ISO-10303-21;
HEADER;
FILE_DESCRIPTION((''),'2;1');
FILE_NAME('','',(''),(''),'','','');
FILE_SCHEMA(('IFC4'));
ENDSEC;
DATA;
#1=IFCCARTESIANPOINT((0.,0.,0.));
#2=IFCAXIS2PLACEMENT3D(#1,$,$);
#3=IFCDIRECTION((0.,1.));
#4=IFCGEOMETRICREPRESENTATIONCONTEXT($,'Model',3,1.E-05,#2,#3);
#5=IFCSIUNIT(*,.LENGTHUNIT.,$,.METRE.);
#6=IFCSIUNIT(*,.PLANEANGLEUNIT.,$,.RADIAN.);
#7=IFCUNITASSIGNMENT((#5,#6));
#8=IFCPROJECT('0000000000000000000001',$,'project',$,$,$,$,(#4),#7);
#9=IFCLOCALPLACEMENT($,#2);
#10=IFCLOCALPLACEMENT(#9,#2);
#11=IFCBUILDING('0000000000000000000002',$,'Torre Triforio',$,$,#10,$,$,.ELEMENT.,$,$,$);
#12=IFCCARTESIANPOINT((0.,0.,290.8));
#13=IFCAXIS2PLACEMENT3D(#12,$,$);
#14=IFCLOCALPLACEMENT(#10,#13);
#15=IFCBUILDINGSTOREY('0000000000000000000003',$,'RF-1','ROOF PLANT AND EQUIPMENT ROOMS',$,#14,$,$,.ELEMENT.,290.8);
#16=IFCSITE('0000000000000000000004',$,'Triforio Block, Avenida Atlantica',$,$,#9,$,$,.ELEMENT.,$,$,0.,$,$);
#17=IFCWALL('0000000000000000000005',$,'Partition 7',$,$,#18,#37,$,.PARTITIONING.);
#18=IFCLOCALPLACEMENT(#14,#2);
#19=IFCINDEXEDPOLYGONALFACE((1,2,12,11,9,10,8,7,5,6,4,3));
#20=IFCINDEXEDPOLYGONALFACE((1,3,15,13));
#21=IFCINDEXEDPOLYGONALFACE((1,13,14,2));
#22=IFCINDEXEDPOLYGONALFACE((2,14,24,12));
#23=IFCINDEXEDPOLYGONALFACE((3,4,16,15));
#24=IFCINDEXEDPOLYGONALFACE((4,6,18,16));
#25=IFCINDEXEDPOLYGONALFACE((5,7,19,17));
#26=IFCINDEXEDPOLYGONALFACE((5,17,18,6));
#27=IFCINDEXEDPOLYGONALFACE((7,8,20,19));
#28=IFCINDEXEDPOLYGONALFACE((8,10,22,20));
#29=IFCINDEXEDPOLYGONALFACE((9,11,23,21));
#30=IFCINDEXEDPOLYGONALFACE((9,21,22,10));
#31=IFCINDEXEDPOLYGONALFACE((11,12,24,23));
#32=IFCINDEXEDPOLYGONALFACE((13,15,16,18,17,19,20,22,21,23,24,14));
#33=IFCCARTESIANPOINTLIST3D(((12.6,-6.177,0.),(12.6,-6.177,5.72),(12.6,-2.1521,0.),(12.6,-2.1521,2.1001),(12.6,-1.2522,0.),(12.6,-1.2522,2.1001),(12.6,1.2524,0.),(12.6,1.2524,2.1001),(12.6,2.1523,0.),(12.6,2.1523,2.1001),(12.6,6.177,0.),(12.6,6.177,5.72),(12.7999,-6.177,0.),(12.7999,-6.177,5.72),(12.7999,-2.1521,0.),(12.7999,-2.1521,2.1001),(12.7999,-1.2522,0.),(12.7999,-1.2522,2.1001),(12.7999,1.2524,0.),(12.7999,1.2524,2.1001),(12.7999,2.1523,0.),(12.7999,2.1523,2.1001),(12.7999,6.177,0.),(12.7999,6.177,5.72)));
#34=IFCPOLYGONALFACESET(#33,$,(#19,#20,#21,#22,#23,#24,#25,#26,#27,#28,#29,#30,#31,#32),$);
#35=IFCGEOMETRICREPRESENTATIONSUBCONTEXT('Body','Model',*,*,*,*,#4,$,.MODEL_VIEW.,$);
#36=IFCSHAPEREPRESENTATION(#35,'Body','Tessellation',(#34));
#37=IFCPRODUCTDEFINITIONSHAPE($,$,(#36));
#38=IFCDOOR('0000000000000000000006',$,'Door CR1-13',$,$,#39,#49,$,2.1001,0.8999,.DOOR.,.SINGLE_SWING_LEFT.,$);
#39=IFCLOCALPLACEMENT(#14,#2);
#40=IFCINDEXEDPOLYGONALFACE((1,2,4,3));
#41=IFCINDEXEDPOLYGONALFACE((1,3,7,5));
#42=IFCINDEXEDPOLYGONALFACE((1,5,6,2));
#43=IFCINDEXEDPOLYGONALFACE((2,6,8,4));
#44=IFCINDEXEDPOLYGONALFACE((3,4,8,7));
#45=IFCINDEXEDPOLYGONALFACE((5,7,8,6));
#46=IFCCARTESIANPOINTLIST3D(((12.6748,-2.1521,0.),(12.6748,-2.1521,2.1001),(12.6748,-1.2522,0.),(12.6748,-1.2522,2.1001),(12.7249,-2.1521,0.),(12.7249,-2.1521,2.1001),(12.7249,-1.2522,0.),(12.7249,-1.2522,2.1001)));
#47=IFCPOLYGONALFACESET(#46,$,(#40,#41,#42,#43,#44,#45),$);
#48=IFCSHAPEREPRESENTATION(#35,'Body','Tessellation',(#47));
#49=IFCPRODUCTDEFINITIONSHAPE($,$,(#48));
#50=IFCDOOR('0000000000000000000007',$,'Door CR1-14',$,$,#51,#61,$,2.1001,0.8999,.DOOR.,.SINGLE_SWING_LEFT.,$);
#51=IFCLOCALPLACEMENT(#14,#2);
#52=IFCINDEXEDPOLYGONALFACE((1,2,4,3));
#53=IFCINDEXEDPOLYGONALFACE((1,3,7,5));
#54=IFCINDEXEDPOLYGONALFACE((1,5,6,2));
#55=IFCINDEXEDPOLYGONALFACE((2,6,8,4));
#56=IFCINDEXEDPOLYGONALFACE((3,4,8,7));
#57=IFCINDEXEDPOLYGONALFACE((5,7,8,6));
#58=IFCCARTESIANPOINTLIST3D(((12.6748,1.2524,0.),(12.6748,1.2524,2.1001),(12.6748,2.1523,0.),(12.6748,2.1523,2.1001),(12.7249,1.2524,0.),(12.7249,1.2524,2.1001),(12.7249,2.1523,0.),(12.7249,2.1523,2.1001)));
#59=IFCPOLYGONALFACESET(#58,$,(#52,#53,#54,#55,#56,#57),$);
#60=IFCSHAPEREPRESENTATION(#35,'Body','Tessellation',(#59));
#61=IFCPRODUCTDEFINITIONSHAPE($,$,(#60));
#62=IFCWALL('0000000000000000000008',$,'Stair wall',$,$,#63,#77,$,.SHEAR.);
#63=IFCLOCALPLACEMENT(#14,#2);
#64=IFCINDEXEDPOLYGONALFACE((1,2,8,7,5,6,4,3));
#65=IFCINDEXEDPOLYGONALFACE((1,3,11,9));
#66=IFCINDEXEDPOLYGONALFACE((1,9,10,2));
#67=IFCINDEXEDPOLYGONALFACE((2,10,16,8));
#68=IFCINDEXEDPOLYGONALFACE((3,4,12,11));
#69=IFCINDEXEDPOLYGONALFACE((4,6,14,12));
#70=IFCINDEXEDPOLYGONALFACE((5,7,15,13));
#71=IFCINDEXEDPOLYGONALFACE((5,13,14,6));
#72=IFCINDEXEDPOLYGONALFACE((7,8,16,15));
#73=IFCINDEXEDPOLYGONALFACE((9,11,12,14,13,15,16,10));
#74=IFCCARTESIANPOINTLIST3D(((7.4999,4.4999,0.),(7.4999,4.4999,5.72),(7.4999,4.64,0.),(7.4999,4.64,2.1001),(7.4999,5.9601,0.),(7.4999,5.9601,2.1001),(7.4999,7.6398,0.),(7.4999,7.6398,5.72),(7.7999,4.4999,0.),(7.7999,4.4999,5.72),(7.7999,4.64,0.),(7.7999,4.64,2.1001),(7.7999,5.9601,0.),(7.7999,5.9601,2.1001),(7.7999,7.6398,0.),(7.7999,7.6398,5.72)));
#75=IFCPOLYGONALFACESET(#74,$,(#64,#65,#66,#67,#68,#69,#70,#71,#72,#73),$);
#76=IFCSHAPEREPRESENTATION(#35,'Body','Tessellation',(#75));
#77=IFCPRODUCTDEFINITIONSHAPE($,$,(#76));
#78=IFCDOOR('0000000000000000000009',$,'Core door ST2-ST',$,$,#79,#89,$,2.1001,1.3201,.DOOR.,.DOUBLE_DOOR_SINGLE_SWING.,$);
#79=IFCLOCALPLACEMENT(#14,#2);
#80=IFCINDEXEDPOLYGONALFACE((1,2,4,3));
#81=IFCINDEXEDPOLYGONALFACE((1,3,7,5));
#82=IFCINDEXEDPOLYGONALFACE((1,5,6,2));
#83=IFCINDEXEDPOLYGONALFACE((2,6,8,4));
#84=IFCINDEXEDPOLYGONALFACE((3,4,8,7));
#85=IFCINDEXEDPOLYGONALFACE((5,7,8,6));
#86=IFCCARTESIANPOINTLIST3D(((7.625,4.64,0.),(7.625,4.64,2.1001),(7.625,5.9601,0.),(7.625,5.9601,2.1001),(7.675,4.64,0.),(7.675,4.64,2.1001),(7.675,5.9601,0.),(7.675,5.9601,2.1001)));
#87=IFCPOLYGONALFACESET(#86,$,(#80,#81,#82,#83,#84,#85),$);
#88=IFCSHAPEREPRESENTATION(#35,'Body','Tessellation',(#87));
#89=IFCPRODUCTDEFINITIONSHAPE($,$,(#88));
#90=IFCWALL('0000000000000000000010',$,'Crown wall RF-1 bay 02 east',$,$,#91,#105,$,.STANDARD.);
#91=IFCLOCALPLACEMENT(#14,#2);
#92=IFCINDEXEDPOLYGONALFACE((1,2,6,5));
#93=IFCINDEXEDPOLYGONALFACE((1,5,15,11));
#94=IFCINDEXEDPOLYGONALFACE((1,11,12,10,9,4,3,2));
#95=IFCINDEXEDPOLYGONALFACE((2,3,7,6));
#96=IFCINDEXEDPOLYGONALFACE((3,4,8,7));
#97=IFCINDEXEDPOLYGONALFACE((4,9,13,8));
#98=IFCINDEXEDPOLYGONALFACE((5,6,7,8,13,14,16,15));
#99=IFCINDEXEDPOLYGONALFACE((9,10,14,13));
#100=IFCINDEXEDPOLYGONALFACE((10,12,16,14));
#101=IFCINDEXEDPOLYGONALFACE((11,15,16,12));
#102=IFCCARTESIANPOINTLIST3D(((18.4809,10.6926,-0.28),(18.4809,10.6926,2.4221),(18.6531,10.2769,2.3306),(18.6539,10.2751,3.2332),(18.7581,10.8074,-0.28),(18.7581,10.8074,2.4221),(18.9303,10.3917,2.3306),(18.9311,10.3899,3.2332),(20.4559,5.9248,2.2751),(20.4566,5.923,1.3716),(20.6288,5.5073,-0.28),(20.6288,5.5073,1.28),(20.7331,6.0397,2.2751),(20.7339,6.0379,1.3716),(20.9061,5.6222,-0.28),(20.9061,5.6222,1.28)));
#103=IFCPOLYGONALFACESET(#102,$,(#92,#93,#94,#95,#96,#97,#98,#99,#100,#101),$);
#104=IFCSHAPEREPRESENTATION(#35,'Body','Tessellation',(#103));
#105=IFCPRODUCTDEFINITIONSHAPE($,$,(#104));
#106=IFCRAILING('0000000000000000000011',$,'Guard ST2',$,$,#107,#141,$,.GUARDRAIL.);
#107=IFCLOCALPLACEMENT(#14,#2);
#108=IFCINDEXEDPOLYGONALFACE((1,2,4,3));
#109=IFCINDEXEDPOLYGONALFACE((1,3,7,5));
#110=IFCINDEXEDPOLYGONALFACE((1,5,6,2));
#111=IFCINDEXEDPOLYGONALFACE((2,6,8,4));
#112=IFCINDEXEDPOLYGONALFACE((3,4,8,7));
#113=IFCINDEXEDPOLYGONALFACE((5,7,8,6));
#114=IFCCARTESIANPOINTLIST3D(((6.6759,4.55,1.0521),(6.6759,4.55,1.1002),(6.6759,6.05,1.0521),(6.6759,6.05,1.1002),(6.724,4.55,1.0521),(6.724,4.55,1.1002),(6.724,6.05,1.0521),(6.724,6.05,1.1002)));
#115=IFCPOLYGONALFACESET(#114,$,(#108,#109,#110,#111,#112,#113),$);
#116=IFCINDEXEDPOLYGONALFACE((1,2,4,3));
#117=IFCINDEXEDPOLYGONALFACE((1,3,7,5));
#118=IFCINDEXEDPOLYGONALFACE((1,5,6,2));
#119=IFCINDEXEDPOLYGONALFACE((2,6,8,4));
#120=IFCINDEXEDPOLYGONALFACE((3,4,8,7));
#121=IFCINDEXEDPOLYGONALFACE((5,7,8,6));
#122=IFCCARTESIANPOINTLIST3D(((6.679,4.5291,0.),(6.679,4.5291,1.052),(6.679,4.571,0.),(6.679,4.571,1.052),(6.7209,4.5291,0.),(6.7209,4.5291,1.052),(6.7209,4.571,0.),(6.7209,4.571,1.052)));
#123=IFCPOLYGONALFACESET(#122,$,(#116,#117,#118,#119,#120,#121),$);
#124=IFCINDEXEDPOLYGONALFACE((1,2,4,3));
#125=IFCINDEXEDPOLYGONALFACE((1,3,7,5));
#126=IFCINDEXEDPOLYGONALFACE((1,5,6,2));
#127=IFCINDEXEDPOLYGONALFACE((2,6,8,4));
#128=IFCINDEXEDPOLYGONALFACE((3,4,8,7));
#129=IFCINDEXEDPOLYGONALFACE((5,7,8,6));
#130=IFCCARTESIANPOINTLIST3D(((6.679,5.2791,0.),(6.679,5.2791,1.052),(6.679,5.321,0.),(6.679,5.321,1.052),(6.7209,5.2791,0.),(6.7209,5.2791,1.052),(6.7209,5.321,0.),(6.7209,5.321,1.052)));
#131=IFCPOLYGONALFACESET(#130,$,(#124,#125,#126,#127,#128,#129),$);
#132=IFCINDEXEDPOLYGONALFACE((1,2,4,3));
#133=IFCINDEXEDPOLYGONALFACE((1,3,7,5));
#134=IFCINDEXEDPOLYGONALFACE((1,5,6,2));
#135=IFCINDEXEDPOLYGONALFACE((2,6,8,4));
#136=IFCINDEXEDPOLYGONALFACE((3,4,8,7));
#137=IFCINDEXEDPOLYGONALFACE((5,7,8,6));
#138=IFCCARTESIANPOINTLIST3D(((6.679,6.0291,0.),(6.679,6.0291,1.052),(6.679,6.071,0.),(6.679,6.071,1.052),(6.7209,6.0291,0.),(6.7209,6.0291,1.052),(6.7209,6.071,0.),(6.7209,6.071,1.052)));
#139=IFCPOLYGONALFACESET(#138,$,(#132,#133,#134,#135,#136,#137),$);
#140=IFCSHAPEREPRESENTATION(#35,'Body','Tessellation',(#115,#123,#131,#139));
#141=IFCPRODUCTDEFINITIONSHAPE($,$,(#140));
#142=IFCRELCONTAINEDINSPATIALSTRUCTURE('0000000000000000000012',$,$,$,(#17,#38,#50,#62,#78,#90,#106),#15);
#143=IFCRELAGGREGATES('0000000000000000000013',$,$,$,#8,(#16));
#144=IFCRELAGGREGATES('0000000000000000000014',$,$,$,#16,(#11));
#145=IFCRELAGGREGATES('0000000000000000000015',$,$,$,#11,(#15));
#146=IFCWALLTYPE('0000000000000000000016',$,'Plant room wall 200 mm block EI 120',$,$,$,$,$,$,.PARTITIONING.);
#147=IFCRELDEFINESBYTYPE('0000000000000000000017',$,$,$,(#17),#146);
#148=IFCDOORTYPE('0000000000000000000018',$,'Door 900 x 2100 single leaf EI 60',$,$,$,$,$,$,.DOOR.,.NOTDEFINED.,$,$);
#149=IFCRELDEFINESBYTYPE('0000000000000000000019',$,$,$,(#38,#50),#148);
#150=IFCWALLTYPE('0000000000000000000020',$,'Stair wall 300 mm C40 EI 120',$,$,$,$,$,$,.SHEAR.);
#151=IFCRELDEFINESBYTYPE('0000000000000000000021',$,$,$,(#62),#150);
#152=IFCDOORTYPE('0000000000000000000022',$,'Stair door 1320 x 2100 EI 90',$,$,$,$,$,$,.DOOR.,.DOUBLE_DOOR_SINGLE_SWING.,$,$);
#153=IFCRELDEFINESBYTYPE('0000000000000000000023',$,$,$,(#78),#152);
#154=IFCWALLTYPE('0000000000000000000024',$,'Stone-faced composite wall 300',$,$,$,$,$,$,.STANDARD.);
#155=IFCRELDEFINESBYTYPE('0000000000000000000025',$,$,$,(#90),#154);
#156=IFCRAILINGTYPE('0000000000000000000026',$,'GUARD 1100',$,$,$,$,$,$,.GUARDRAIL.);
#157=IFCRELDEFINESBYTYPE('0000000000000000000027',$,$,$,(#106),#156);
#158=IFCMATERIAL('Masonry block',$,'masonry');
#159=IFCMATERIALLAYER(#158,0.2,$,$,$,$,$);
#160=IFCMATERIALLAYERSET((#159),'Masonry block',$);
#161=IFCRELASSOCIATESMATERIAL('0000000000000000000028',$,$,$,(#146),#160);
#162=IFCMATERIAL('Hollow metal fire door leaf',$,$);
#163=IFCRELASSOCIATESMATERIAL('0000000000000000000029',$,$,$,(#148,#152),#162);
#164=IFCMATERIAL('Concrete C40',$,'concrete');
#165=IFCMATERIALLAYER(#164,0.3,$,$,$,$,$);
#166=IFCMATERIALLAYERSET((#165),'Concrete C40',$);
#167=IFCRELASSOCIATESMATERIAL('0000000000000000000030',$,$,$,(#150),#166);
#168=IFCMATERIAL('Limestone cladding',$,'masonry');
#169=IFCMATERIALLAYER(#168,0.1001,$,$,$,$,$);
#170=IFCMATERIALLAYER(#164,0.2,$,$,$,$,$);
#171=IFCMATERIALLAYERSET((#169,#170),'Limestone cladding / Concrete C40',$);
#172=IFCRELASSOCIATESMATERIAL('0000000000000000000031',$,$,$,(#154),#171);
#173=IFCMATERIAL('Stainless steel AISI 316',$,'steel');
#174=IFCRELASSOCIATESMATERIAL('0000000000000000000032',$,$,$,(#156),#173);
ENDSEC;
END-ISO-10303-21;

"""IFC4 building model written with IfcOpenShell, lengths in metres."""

from ifc_helpers import new_model, si_unit, direction, frame, frame_2d, origin, origin_2d, place, context, subcontext, project, spatial, polyline, rectangle, outline, extrude, material, layer, layer_set, type_object, element, fill, save


model = new_model("IFC4")

# Units and contexts
model_context = context("Model", 3, precision=1e-05, world=origin(), true_north=direction((0.0, 1.0)))
body_context = subcontext(model_context, "Body", "Model", "MODEL_VIEW")
ifc_project = project(units=[si_unit("LENGTHUNIT", "METRE"), si_unit("PLANEANGLEUNIT", "RADIAN")], contexts=[model_context])

# Site, building, storey
site_placement = place(None, origin())
site = spatial("IfcSite", under=ifc_project, at=site_placement, Name="Triforio Block, Avenida Atlantica", CompositionType="ELEMENT", RefElevation=0.0)
building_placement = place(site_placement, origin())
building = spatial("IfcBuilding", under=site, at=building_placement, Name="Torre Triforio", CompositionType="ELEMENT")
storey_placement = place(building_placement, frame((0.0, 0.0, 290.8)))
storey = spatial("IfcBuildingStorey", under=building, at=storey_placement, Name="RF-1", Description="ROOF PLANT AND EQUIPMENT ROOMS", CompositionType="ELEMENT", Elevation=290.8)

# Shared definitions
ifc_material_1 = material(Name="Concrete C40", Category="concrete")

# Wall, openings, doors
ifc_material_2 = material(Name="Masonry block", Category="masonry")
ifc_layer_1 = layer(ifc_material_2, 0.2)
ifc_layer_set_1 = layer_set([ifc_layer_1], Name="Masonry block")
wall_type_1 = type_object("IfcWallType", Name="Plant room wall 200 mm block EI 120", PredefinedType="PARTITIONING", material=ifc_layer_set_1)
wall_1_placement = place(storey_placement, frame((12.7, 6.177, 0.0), z_axis=(0.0, 0.0, 1.0), x_axis=(0.0, -1.0, 0.0)))
wall_1 = element("IfcWall", 1, at=wall_1_placement, inside=storey, type_object=wall_type_1, Name="Partition 7", PredefinedType="PARTITIONING", context=body_context, shape_type="SweptSolid", body=[
    extrude(rectangle(XDim=12.354, YDim=0.2, at=frame_2d((6.177, 0.0))), origin(), (0.0, 0.0, 1.0), 5.72),
])
opening_1_placement = place(wall_1_placement, frame((7.4292, 0.0, 0.0)))
opening_1 = element("IfcOpeningElement", 2, at=opening_1_placement, cuts=wall_1, PredefinedType="OPENING", context=body_context, shape_type="SweptSolid", body=[
    extrude(rectangle(XDim=0.8999, YDim=2.1001, at=frame_2d((0.45, 1.05))), frame((0.0, 0.1099, 0.0), z_axis=(0.0, -1.0, 0.0), x_axis=(1.0, 0.0, 0.0)), (0.0, 0.0, 1.0), 0.22),
])
opening_2_placement = place(wall_1_placement, frame((4.0247, 0.0, 0.0)))
opening_2 = element("IfcOpeningElement", 3, at=opening_2_placement, cuts=wall_1, PredefinedType="OPENING", context=body_context, shape_type="SweptSolid", body=[
    extrude(rectangle(XDim=0.8999, YDim=2.1001, at=frame_2d((0.45, 1.05))), frame((0.0, 0.1099, 0.0), z_axis=(0.0, -1.0, 0.0), x_axis=(1.0, 0.0, 0.0)), (0.0, 0.0, 1.0), 0.22),
])
ifc_material_3 = material(Name="Hollow metal fire door leaf")
door_type_1 = type_object("IfcDoorType", Name="Door 900 x 2100 single leaf EI 60", OperationType="NOTDEFINED", PredefinedType="DOOR", material=ifc_material_3)
door_1_placement = place(opening_1_placement, origin())
door_1 = element("IfcDoor", 4, at=door_1_placement, inside=storey, type_object=door_type_1, Name="Door CR1-13", OperationType="SINGLE_SWING_LEFT", OverallHeight=2.1001, OverallWidth=0.8999, PredefinedType="DOOR", context=body_context, shape_type="SweptSolid", body=[
    extrude(rectangle(XDim=0.8999, YDim=2.1001, at=frame_2d((0.45, 1.05))), frame((0.0, 0.0249, 0.0), z_axis=(0.0, -1.0, 0.0), x_axis=(1.0, 0.0, 0.0)), (0.0, 0.0, 1.0), 0.05),
])
fill(opening_1, door_1)
door_2_placement = place(opening_2_placement, origin())
door_2 = element("IfcDoor", 5, at=door_2_placement, inside=storey, type_object=door_type_1, Name="Door CR1-14", OperationType="SINGLE_SWING_LEFT", OverallHeight=2.1001, OverallWidth=0.8999, PredefinedType="DOOR", context=body_context, shape_type="SweptSolid", body=[
    extrude(rectangle(XDim=0.8999, YDim=2.1001, at=frame_2d((0.45, 1.05))), frame((0.0, 0.0249, 0.0), z_axis=(0.0, -1.0, 0.0), x_axis=(1.0, 0.0, 0.0)), (0.0, 0.0, 1.0), 0.05),
])
fill(opening_2, door_2)

# Wall, opening, door
ifc_layer_2 = layer(ifc_material_1, 0.3)
ifc_layer_set_2 = layer_set([ifc_layer_2], Name="Concrete C40")
wall_type_2 = type_object("IfcWallType", Name="Stair wall 300 mm C40 EI 120", PredefinedType="SHEAR", material=ifc_layer_set_2)
wall_2_placement = place(storey_placement, frame((7.6499, 4.5, 0.0), z_axis=(0.0, 0.0, 1.0), x_axis=(0.0, 1.0, 0.0)))
wall_2 = element("IfcWall", 6, at=wall_2_placement, inside=storey, type_object=wall_type_2, Name="Stair wall", PredefinedType="SHEAR", context=body_context, shape_type="SweptSolid", body=[
    extrude(rectangle(XDim=3.1399, YDim=0.3, at=frame_2d((1.5698, 0.0))), origin(), (0.0, 0.0, 1.0), 5.72),
])
opening_3_placement = place(wall_2_placement, frame((0.1399, 0.0, 0.0)))
opening_3 = element("IfcOpeningElement", 7, at=opening_3_placement, cuts=wall_2, PredefinedType="OPENING", context=body_context, shape_type="SweptSolid", body=[
    extrude(rectangle(XDim=1.3201, YDim=2.1001, at=frame_2d((0.6602, 1.05))), frame((0.0, 0.1599, 0.0), z_axis=(0.0, -1.0, 0.0), x_axis=(1.0, 0.0, 0.0)), (0.0, 0.0, 1.0), 0.3201),
])
door_type_2 = type_object("IfcDoorType", Name="Stair door 1320 x 2100 EI 90", OperationType="DOUBLE_DOOR_SINGLE_SWING", PredefinedType="DOOR", material=ifc_material_3)
door_3_placement = place(opening_3_placement, origin())
door_3 = element("IfcDoor", 8, at=door_3_placement, inside=storey, type_object=door_type_2, Name="Core door ST2-ST", OperationType="DOUBLE_DOOR_SINGLE_SWING", OverallHeight=2.1001, OverallWidth=1.3201, PredefinedType="DOOR", context=body_context, shape_type="SweptSolid", body=[
    extrude(rectangle(XDim=1.3201, YDim=2.1001, at=frame_2d((0.6602, 1.05))), frame((0.0, 0.0249, 0.0), z_axis=(0.0, -1.0, 0.0), x_axis=(1.0, 0.0, 0.0)), (0.0, 0.0, 1.0), 0.05),
])
fill(opening_3, door_3)

# Wall
ifc_material_4 = material(Name="Limestone cladding", Category="masonry")
ifc_layer_3 = layer(ifc_material_4, 0.1001)
ifc_layer_4 = layer(ifc_material_1, 0.2)
ifc_layer_set_3 = layer_set([ifc_layer_3, ifc_layer_4], Name="Limestone cladding / Concrete C40")
wall_type_3 = type_object("IfcWallType", Name="Stone-faced composite wall 300", PredefinedType="STANDARD", material=ifc_layer_set_3)
wall_3_placement = place(storey_placement, frame((20.7673, 5.5647, -0.28), z_axis=(0.0, 0.0, 1.0), x_axis=(-0.382703, 0.923872, 0.0)))
element("IfcWall", 9, at=wall_3_placement, inside=storey, type_object=wall_type_3, Name="Crown wall RF-1 bay 02 east", PredefinedType="STANDARD", context=body_context, shape_type="SweptSolid", body=[
    extrude(outline(polyline([(0.0, 0.0), (5.6125, 0.0), (5.6125, 2.7021), (5.1626, 2.6106), (5.1606, 3.5132), (0.4519, 2.5552), (0.45, 1.6516), (0.0, 1.5601), (0.0, 0.0)])), frame((0.0, 0.1499, 0.0), z_axis=(0.0, -1.0, 0.0), x_axis=(1.0, 0.0, 0.0)), (0.0, 0.0, 1.0), 0.3),
])

# Railing
ifc_material_5 = material(Name="Stainless steel AISI 316", Category="steel")
railing_type = type_object("IfcRailingType", Name="GUARD 1100", PredefinedType="GUARDRAIL", material=ifc_material_5)
railing_placement = place(storey_placement, frame((6.7, 4.55, 0.0)))
element("IfcRailing", 10, at=railing_placement, inside=storey, type_object=railing_type, Name="Guard ST2", PredefinedType="GUARDRAIL", context=body_context, shape_type="SweptSolid", body=[
    extrude(rectangle(XDim=0.0481, YDim=0.0481, at=origin_2d()), frame((0.0, 0.0, 1.0762), z_axis=(0.0, 1.0, 0.0), x_axis=(-1.0, 0.0, 0.0)), (0.0, 0.0, 1.0), 1.5),
    extrude(rectangle(XDim=0.042, YDim=0.042, at=origin_2d()), origin(), (0.0, 0.0, 1.0), 1.052),
    extrude(rectangle(XDim=0.042, YDim=0.042, at=origin_2d()), frame((0.0, 0.75, 0.0)), (0.0, 0.0, 1.0), 1.052),
    extrude(rectangle(XDim=0.042, YDim=0.042, at=origin_2d()), frame((0.0, 1.5, 0.0)), (0.0, 0.0, 1.0), 1.052),
])

save(model, "model.ifc")
